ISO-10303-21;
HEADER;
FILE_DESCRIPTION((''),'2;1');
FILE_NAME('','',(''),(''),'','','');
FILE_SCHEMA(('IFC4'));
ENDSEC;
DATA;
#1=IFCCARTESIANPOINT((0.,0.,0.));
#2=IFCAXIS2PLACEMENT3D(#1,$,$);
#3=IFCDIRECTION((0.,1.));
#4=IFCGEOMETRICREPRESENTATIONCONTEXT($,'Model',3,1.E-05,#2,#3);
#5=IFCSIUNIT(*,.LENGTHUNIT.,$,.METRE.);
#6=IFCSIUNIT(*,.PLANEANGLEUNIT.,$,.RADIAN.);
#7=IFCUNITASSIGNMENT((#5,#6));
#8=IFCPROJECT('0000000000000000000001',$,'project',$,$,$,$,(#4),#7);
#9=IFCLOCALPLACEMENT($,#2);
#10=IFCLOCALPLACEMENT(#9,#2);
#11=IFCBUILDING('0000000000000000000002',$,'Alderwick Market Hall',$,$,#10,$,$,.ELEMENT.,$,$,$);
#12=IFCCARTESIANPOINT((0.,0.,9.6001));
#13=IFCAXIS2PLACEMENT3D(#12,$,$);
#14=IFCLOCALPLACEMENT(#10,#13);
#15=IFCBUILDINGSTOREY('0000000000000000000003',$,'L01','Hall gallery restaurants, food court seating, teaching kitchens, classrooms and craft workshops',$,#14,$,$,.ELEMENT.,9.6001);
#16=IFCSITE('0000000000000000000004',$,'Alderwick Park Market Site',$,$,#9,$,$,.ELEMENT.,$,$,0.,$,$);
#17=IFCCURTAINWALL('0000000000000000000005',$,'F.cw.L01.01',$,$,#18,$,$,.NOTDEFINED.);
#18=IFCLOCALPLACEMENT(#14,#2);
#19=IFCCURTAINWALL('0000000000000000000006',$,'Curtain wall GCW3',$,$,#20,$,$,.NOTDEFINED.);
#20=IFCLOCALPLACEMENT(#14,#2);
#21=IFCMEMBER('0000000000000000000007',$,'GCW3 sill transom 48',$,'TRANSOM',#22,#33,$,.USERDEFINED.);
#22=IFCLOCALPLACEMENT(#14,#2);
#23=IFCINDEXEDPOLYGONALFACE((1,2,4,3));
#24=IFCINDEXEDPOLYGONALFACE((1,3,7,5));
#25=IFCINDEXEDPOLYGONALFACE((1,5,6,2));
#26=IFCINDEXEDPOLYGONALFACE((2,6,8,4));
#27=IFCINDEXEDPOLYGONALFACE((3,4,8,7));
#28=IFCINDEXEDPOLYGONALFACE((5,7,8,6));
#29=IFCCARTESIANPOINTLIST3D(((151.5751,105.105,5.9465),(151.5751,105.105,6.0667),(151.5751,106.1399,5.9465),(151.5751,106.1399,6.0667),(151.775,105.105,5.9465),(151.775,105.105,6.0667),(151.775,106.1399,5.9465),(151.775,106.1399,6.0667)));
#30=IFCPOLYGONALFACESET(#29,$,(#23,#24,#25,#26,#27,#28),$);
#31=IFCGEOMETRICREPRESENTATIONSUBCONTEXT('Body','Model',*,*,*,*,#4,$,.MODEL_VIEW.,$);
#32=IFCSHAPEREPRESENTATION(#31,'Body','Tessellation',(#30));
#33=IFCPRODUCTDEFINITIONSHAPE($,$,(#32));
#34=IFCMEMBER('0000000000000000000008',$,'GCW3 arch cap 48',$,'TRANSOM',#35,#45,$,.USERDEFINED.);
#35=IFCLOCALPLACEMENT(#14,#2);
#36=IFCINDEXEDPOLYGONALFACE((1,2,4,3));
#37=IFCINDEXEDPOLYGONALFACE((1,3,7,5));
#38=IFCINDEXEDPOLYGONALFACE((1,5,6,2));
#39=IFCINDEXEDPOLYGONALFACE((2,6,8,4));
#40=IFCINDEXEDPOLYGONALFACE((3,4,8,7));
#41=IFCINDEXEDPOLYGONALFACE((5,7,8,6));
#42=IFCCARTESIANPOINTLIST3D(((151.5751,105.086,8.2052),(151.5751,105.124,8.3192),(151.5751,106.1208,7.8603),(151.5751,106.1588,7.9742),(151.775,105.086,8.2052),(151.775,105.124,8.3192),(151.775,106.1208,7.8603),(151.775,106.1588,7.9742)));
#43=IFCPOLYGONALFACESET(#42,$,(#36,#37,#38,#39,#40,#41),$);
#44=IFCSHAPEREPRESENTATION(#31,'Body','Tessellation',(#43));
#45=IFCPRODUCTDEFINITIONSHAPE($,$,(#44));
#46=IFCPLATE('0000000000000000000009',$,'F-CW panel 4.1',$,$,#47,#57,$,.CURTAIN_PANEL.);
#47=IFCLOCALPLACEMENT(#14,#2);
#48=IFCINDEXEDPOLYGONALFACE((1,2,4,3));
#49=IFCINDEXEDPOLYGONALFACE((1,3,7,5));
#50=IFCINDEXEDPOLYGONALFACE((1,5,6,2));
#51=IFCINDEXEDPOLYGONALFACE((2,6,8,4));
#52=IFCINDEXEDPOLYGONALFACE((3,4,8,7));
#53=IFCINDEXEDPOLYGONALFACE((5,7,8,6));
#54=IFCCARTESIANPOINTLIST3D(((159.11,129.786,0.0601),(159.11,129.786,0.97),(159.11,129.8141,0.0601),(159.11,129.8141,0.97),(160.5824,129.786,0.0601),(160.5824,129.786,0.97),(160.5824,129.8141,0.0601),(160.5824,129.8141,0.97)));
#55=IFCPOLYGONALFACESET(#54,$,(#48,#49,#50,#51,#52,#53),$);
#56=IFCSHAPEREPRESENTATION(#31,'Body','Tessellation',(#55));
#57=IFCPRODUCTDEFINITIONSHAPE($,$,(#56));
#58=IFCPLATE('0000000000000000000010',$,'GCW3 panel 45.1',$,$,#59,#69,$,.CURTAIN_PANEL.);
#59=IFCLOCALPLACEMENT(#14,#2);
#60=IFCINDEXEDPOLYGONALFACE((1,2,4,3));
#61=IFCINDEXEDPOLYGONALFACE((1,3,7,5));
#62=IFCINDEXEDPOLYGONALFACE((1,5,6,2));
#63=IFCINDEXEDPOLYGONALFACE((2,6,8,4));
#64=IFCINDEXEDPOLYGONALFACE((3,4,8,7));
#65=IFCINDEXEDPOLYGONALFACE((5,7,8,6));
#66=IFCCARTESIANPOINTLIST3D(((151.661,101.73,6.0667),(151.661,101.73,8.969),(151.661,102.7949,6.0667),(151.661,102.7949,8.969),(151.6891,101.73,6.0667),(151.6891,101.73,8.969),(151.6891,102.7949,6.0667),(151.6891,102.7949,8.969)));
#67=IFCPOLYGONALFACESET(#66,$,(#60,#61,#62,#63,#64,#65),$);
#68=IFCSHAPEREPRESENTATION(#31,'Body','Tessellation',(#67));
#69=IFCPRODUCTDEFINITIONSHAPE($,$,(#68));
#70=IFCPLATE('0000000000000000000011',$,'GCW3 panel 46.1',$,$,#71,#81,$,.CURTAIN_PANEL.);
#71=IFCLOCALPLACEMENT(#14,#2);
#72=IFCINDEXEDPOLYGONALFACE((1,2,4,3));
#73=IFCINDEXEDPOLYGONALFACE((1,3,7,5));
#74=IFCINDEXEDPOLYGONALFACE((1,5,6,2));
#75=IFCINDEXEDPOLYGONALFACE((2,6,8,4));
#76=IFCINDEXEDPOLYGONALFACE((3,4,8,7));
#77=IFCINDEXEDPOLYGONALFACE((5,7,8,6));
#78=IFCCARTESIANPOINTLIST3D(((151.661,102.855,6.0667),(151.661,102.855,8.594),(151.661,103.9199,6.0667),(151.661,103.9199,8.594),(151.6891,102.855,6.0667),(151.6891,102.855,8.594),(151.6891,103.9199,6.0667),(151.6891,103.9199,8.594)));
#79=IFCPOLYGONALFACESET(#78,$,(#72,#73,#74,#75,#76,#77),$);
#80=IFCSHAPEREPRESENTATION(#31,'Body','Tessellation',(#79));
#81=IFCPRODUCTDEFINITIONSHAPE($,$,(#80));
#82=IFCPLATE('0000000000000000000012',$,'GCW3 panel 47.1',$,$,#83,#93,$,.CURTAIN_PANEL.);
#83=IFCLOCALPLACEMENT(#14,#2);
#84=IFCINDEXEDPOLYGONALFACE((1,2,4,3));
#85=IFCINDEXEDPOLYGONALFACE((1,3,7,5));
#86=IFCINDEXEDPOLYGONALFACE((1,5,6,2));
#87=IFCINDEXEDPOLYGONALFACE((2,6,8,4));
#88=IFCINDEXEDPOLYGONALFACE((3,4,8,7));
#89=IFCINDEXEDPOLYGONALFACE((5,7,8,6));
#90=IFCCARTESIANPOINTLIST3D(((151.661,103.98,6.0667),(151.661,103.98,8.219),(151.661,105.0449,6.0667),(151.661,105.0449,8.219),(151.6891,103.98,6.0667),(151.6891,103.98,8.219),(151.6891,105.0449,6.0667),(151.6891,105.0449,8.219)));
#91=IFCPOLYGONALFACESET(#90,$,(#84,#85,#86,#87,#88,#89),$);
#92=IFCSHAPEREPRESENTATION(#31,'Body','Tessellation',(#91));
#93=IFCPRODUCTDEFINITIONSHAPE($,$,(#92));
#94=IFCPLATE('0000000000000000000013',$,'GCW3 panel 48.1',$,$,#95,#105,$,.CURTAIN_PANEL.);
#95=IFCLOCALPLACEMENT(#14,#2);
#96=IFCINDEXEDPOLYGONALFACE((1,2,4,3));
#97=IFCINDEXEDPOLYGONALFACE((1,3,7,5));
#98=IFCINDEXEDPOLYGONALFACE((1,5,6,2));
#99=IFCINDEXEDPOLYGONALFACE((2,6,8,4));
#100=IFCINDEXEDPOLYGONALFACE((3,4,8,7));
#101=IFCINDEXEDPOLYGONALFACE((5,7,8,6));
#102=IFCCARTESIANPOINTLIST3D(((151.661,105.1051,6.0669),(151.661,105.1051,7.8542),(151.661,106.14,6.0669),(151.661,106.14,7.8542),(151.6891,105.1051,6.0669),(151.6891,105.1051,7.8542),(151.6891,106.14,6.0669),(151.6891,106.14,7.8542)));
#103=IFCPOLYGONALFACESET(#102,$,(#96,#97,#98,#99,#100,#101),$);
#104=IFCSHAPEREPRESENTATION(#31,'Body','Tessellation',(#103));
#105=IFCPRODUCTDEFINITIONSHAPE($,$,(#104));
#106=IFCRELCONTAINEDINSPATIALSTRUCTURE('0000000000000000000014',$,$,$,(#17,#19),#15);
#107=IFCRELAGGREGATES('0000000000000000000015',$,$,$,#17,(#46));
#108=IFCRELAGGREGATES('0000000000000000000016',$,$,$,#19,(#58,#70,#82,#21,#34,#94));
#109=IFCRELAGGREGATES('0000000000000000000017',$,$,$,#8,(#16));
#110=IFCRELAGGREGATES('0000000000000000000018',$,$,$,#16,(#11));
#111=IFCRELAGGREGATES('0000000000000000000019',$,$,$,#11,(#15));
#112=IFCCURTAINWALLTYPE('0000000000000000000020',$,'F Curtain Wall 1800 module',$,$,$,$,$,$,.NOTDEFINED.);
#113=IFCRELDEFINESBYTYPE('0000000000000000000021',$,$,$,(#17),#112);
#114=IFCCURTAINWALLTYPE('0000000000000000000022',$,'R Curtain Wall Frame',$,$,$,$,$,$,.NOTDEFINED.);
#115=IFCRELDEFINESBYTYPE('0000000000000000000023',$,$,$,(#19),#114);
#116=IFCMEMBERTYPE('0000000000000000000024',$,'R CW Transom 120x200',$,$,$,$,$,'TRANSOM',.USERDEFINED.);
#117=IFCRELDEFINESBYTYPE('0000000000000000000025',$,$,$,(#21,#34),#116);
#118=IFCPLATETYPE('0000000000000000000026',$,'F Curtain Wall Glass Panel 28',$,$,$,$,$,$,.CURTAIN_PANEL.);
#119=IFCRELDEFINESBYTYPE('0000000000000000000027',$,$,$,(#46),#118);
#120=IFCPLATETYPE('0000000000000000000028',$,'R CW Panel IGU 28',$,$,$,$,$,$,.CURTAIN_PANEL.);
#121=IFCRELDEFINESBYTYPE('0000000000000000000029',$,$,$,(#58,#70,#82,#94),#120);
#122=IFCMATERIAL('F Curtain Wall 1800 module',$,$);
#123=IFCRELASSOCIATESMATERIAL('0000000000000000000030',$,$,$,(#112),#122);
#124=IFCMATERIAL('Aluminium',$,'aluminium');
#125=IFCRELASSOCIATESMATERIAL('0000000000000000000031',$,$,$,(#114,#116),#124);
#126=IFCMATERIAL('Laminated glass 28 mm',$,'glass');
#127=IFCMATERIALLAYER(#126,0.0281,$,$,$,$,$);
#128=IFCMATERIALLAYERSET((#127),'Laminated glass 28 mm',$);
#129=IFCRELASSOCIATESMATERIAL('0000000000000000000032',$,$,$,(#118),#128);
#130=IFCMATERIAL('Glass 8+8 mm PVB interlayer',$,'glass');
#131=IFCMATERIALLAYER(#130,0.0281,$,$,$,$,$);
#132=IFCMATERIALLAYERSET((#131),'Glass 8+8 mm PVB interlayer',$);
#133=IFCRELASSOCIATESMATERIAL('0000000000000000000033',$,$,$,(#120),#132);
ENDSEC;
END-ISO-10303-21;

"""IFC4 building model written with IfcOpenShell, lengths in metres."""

from ifc_helpers import new_model, si_unit, direction, frame, origin, origin_2d, place, context, subcontext, project, spatial, rectangle, extrude, material, layer, layer_set, material_profile, profile_set, type_object, element, aggregate, save


model = new_model("IFC4")

# Units and contexts
model_context = context("Model", 3, precision=1e-05, world=origin(), true_north=direction((0.0, 1.0)))
body_context = subcontext(model_context, "Body", "Model", "MODEL_VIEW")
ifc_project = project(units=[si_unit("LENGTHUNIT", "METRE"), si_unit("PLANEANGLEUNIT", "RADIAN")], contexts=[model_context])

# Site, building, storey
site_placement = place(None, origin())
site = spatial("IfcSite", under=ifc_project, at=site_placement, Name="Alderwick Park Market Site", CompositionType="ELEMENT", RefElevation=0.0)
building_placement = place(site_placement, origin())
building = spatial("IfcBuilding", under=site, at=building_placement, Name="Alderwick Market Hall", CompositionType="ELEMENT")
storey_placement = place(building_placement, frame((0.0, 0.0, 9.6001)))
storey = spatial("IfcBuildingStorey", under=building, at=storey_placement, Name="L01", Description="Hall gallery restaurants, food court seating, teaching kitchens, classrooms and craft workshops", CompositionType="ELEMENT", Elevation=9.6001)

# Curtain wall
ifc_material_1 = material(Name="F Curtain Wall 1800 module")
curtain_wall_type_1 = type_object("IfcCurtainWallType", Name="F Curtain Wall 1800 module", PredefinedType="NOTDEFINED", material=ifc_material_1)
curtain_wall_1_placement = place(storey_placement, origin())
curtain_wall_1 = element("IfcCurtainWall", 1, at=curtain_wall_1_placement, inside=storey, type_object=curtain_wall_type_1, Name="F.cw.L01.01", PredefinedType="NOTDEFINED")

# Curtain wall, members
ifc_material_2 = material(Name="Aluminium", Category="aluminium")
curtain_wall_type_2 = type_object("IfcCurtainWallType", Name="R Curtain Wall Frame", PredefinedType="NOTDEFINED", material=ifc_material_2)
curtain_wall_2_placement = place(storey_placement, origin())
curtain_wall_2 = element("IfcCurtainWall", 2, at=curtain_wall_2_placement, inside=storey, type_object=curtain_wall_type_2, Name="Curtain wall GCW3", PredefinedType="NOTDEFINED")
ifc_material_profile_1 = material_profile(ifc_material_2, rectangle(XDim=0.2, YDim=0.1201, at=origin_2d()), Name="AL 120x200")
ifc_profile_set_1 = profile_set([ifc_material_profile_1], Name="Aluminium")
member_type_1 = type_object("IfcMemberType", Name="R CW Transom 120x200", ElementType="TRANSOM", PredefinedType="USERDEFINED", material=ifc_profile_set_1)
member_1_placement = place(storey_placement, frame((151.675, 105.105, 6.0066), z_axis=(0.0, 1.0, 0.0), x_axis=(-1.0, 0.0, 0.0)))
member_1 = element("IfcMember", 3, at=member_1_placement, type_object=member_type_1, Name="GCW3 sill transom 48", ObjectType="TRANSOM", PredefinedType="USERDEFINED", context=body_context, shape_type="SweptSolid", body=[
    extrude(rectangle(XDim=0.2, YDim=0.1201, at=origin_2d()), origin(), (0.0, 0.0, 1.0), 1.0349),
])
member_2_placement = place(storey_placement, frame((151.675, 105.105, 8.2622), z_axis=(0.0, 0.948683, -0.316228), x_axis=(-1.0, 0.0, 0.0)))
member_2 = element("IfcMember", 4, at=member_2_placement, type_object=member_type_1, Name="GCW3 arch cap 48", ObjectType="TRANSOM", PredefinedType="USERDEFINED", context=body_context, shape_type="SweptSolid", body=[
    extrude(rectangle(XDim=0.2, YDim=0.1201, at=origin_2d()), origin(), (0.0, 0.0, 1.0), 1.0908),
])

# Plates
ifc_material_3 = material(Name="Laminated glass 28 mm", Category="glass")
ifc_layer_1 = layer(ifc_material_3, 0.0281)
ifc_layer_set_1 = layer_set([ifc_layer_1], Name="Laminated glass 28 mm")
plate_type_1 = type_object("IfcPlateType", Name="F Curtain Wall Glass Panel 28", PredefinedType="CURTAIN_PANEL", material=ifc_layer_set_1)
plate_1_placement = place(storey_placement, frame((159.8462, 129.8, 0.0601), z_axis=(0.0, 0.0, 1.0), x_axis=(-1.0, 0.0, 0.0)))
plate_1 = element("IfcPlate", 5, at=plate_1_placement, type_object=plate_type_1, Name="F-CW panel 4.1", PredefinedType="CURTAIN_PANEL", context=body_context, shape_type="SweptSolid", body=[
    extrude(rectangle(XDim=1.4724, YDim=0.0281, at=origin_2d()), origin(), (0.0, 0.0, 1.0), 0.9099),
])
aggregate(curtain_wall_1, [plate_1])
ifc_material_4 = material(Name="Glass 8+8 mm PVB interlayer", Category="glass")
ifc_layer_2 = layer(ifc_material_4, 0.0281)
ifc_layer_set_2 = layer_set([ifc_layer_2], Name="Glass 8+8 mm PVB interlayer")
plate_type_2 = type_object("IfcPlateType", Name="R CW Panel IGU 28", PredefinedType="CURTAIN_PANEL", material=ifc_layer_set_2)
plate_2_placement = place(storey_placement, frame((151.675, 102.2625, 6.0667), z_axis=(0.0, 0.0, 1.0), x_axis=(1.0, 0.0, 0.0)))
plate_2 = element("IfcPlate", 6, at=plate_2_placement, type_object=plate_type_2, Name="GCW3 panel 45.1", PredefinedType="CURTAIN_PANEL", context=body_context, shape_type="SweptSolid", body=[
    extrude(rectangle(XDim=0.0281, YDim=1.0649, at=origin_2d()), origin(), (0.0, 0.0, 1.0), 2.9023),
])
plate_3_placement = place(storey_placement, frame((151.675, 103.3875, 6.0667), z_axis=(0.0, 0.0, 1.0), x_axis=(1.0, 0.0, 0.0)))
plate_3 = element("IfcPlate", 7, at=plate_3_placement, type_object=plate_type_2, Name="GCW3 panel 46.1", PredefinedType="CURTAIN_PANEL", context=body_context, shape_type="SweptSolid", body=[
    extrude(rectangle(XDim=0.0281, YDim=1.0649, at=origin_2d()), origin(), (0.0, 0.0, 1.0), 2.5273),
])
plate_4_placement = place(storey_placement, frame((151.675, 104.5125, 6.0667), z_axis=(0.0, 0.0, 1.0), x_axis=(1.0, 0.0, 0.0)))
plate_4 = element("IfcPlate", 8, at=plate_4_placement, type_object=plate_type_2, Name="GCW3 panel 47.1", PredefinedType="CURTAIN_PANEL", context=body_context, shape_type="SweptSolid", body=[
    extrude(rectangle(XDim=0.0281, YDim=1.0649, at=origin_2d()), origin(), (0.0, 0.0, 1.0), 2.1523),
])
plate_5_placement = place(storey_placement, frame((151.675, 105.6226, 6.0669), z_axis=(0.0, 0.0, 1.0), x_axis=(1.0, 0.0, 0.0)))
plate_5 = element("IfcPlate", 9, at=plate_5_placement, type_object=plate_type_2, Name="GCW3 panel 48.1", PredefinedType="CURTAIN_PANEL", context=body_context, shape_type="SweptSolid", body=[
    extrude(rectangle(XDim=0.0281, YDim=1.0349, at=origin_2d()), origin(), (0.0, 0.0, 1.0), 1.7874),
])
aggregate(curtain_wall_2, [plate_2, plate_3, plate_4, member_1, member_2, plate_5])

save(model, "model.ifc")
